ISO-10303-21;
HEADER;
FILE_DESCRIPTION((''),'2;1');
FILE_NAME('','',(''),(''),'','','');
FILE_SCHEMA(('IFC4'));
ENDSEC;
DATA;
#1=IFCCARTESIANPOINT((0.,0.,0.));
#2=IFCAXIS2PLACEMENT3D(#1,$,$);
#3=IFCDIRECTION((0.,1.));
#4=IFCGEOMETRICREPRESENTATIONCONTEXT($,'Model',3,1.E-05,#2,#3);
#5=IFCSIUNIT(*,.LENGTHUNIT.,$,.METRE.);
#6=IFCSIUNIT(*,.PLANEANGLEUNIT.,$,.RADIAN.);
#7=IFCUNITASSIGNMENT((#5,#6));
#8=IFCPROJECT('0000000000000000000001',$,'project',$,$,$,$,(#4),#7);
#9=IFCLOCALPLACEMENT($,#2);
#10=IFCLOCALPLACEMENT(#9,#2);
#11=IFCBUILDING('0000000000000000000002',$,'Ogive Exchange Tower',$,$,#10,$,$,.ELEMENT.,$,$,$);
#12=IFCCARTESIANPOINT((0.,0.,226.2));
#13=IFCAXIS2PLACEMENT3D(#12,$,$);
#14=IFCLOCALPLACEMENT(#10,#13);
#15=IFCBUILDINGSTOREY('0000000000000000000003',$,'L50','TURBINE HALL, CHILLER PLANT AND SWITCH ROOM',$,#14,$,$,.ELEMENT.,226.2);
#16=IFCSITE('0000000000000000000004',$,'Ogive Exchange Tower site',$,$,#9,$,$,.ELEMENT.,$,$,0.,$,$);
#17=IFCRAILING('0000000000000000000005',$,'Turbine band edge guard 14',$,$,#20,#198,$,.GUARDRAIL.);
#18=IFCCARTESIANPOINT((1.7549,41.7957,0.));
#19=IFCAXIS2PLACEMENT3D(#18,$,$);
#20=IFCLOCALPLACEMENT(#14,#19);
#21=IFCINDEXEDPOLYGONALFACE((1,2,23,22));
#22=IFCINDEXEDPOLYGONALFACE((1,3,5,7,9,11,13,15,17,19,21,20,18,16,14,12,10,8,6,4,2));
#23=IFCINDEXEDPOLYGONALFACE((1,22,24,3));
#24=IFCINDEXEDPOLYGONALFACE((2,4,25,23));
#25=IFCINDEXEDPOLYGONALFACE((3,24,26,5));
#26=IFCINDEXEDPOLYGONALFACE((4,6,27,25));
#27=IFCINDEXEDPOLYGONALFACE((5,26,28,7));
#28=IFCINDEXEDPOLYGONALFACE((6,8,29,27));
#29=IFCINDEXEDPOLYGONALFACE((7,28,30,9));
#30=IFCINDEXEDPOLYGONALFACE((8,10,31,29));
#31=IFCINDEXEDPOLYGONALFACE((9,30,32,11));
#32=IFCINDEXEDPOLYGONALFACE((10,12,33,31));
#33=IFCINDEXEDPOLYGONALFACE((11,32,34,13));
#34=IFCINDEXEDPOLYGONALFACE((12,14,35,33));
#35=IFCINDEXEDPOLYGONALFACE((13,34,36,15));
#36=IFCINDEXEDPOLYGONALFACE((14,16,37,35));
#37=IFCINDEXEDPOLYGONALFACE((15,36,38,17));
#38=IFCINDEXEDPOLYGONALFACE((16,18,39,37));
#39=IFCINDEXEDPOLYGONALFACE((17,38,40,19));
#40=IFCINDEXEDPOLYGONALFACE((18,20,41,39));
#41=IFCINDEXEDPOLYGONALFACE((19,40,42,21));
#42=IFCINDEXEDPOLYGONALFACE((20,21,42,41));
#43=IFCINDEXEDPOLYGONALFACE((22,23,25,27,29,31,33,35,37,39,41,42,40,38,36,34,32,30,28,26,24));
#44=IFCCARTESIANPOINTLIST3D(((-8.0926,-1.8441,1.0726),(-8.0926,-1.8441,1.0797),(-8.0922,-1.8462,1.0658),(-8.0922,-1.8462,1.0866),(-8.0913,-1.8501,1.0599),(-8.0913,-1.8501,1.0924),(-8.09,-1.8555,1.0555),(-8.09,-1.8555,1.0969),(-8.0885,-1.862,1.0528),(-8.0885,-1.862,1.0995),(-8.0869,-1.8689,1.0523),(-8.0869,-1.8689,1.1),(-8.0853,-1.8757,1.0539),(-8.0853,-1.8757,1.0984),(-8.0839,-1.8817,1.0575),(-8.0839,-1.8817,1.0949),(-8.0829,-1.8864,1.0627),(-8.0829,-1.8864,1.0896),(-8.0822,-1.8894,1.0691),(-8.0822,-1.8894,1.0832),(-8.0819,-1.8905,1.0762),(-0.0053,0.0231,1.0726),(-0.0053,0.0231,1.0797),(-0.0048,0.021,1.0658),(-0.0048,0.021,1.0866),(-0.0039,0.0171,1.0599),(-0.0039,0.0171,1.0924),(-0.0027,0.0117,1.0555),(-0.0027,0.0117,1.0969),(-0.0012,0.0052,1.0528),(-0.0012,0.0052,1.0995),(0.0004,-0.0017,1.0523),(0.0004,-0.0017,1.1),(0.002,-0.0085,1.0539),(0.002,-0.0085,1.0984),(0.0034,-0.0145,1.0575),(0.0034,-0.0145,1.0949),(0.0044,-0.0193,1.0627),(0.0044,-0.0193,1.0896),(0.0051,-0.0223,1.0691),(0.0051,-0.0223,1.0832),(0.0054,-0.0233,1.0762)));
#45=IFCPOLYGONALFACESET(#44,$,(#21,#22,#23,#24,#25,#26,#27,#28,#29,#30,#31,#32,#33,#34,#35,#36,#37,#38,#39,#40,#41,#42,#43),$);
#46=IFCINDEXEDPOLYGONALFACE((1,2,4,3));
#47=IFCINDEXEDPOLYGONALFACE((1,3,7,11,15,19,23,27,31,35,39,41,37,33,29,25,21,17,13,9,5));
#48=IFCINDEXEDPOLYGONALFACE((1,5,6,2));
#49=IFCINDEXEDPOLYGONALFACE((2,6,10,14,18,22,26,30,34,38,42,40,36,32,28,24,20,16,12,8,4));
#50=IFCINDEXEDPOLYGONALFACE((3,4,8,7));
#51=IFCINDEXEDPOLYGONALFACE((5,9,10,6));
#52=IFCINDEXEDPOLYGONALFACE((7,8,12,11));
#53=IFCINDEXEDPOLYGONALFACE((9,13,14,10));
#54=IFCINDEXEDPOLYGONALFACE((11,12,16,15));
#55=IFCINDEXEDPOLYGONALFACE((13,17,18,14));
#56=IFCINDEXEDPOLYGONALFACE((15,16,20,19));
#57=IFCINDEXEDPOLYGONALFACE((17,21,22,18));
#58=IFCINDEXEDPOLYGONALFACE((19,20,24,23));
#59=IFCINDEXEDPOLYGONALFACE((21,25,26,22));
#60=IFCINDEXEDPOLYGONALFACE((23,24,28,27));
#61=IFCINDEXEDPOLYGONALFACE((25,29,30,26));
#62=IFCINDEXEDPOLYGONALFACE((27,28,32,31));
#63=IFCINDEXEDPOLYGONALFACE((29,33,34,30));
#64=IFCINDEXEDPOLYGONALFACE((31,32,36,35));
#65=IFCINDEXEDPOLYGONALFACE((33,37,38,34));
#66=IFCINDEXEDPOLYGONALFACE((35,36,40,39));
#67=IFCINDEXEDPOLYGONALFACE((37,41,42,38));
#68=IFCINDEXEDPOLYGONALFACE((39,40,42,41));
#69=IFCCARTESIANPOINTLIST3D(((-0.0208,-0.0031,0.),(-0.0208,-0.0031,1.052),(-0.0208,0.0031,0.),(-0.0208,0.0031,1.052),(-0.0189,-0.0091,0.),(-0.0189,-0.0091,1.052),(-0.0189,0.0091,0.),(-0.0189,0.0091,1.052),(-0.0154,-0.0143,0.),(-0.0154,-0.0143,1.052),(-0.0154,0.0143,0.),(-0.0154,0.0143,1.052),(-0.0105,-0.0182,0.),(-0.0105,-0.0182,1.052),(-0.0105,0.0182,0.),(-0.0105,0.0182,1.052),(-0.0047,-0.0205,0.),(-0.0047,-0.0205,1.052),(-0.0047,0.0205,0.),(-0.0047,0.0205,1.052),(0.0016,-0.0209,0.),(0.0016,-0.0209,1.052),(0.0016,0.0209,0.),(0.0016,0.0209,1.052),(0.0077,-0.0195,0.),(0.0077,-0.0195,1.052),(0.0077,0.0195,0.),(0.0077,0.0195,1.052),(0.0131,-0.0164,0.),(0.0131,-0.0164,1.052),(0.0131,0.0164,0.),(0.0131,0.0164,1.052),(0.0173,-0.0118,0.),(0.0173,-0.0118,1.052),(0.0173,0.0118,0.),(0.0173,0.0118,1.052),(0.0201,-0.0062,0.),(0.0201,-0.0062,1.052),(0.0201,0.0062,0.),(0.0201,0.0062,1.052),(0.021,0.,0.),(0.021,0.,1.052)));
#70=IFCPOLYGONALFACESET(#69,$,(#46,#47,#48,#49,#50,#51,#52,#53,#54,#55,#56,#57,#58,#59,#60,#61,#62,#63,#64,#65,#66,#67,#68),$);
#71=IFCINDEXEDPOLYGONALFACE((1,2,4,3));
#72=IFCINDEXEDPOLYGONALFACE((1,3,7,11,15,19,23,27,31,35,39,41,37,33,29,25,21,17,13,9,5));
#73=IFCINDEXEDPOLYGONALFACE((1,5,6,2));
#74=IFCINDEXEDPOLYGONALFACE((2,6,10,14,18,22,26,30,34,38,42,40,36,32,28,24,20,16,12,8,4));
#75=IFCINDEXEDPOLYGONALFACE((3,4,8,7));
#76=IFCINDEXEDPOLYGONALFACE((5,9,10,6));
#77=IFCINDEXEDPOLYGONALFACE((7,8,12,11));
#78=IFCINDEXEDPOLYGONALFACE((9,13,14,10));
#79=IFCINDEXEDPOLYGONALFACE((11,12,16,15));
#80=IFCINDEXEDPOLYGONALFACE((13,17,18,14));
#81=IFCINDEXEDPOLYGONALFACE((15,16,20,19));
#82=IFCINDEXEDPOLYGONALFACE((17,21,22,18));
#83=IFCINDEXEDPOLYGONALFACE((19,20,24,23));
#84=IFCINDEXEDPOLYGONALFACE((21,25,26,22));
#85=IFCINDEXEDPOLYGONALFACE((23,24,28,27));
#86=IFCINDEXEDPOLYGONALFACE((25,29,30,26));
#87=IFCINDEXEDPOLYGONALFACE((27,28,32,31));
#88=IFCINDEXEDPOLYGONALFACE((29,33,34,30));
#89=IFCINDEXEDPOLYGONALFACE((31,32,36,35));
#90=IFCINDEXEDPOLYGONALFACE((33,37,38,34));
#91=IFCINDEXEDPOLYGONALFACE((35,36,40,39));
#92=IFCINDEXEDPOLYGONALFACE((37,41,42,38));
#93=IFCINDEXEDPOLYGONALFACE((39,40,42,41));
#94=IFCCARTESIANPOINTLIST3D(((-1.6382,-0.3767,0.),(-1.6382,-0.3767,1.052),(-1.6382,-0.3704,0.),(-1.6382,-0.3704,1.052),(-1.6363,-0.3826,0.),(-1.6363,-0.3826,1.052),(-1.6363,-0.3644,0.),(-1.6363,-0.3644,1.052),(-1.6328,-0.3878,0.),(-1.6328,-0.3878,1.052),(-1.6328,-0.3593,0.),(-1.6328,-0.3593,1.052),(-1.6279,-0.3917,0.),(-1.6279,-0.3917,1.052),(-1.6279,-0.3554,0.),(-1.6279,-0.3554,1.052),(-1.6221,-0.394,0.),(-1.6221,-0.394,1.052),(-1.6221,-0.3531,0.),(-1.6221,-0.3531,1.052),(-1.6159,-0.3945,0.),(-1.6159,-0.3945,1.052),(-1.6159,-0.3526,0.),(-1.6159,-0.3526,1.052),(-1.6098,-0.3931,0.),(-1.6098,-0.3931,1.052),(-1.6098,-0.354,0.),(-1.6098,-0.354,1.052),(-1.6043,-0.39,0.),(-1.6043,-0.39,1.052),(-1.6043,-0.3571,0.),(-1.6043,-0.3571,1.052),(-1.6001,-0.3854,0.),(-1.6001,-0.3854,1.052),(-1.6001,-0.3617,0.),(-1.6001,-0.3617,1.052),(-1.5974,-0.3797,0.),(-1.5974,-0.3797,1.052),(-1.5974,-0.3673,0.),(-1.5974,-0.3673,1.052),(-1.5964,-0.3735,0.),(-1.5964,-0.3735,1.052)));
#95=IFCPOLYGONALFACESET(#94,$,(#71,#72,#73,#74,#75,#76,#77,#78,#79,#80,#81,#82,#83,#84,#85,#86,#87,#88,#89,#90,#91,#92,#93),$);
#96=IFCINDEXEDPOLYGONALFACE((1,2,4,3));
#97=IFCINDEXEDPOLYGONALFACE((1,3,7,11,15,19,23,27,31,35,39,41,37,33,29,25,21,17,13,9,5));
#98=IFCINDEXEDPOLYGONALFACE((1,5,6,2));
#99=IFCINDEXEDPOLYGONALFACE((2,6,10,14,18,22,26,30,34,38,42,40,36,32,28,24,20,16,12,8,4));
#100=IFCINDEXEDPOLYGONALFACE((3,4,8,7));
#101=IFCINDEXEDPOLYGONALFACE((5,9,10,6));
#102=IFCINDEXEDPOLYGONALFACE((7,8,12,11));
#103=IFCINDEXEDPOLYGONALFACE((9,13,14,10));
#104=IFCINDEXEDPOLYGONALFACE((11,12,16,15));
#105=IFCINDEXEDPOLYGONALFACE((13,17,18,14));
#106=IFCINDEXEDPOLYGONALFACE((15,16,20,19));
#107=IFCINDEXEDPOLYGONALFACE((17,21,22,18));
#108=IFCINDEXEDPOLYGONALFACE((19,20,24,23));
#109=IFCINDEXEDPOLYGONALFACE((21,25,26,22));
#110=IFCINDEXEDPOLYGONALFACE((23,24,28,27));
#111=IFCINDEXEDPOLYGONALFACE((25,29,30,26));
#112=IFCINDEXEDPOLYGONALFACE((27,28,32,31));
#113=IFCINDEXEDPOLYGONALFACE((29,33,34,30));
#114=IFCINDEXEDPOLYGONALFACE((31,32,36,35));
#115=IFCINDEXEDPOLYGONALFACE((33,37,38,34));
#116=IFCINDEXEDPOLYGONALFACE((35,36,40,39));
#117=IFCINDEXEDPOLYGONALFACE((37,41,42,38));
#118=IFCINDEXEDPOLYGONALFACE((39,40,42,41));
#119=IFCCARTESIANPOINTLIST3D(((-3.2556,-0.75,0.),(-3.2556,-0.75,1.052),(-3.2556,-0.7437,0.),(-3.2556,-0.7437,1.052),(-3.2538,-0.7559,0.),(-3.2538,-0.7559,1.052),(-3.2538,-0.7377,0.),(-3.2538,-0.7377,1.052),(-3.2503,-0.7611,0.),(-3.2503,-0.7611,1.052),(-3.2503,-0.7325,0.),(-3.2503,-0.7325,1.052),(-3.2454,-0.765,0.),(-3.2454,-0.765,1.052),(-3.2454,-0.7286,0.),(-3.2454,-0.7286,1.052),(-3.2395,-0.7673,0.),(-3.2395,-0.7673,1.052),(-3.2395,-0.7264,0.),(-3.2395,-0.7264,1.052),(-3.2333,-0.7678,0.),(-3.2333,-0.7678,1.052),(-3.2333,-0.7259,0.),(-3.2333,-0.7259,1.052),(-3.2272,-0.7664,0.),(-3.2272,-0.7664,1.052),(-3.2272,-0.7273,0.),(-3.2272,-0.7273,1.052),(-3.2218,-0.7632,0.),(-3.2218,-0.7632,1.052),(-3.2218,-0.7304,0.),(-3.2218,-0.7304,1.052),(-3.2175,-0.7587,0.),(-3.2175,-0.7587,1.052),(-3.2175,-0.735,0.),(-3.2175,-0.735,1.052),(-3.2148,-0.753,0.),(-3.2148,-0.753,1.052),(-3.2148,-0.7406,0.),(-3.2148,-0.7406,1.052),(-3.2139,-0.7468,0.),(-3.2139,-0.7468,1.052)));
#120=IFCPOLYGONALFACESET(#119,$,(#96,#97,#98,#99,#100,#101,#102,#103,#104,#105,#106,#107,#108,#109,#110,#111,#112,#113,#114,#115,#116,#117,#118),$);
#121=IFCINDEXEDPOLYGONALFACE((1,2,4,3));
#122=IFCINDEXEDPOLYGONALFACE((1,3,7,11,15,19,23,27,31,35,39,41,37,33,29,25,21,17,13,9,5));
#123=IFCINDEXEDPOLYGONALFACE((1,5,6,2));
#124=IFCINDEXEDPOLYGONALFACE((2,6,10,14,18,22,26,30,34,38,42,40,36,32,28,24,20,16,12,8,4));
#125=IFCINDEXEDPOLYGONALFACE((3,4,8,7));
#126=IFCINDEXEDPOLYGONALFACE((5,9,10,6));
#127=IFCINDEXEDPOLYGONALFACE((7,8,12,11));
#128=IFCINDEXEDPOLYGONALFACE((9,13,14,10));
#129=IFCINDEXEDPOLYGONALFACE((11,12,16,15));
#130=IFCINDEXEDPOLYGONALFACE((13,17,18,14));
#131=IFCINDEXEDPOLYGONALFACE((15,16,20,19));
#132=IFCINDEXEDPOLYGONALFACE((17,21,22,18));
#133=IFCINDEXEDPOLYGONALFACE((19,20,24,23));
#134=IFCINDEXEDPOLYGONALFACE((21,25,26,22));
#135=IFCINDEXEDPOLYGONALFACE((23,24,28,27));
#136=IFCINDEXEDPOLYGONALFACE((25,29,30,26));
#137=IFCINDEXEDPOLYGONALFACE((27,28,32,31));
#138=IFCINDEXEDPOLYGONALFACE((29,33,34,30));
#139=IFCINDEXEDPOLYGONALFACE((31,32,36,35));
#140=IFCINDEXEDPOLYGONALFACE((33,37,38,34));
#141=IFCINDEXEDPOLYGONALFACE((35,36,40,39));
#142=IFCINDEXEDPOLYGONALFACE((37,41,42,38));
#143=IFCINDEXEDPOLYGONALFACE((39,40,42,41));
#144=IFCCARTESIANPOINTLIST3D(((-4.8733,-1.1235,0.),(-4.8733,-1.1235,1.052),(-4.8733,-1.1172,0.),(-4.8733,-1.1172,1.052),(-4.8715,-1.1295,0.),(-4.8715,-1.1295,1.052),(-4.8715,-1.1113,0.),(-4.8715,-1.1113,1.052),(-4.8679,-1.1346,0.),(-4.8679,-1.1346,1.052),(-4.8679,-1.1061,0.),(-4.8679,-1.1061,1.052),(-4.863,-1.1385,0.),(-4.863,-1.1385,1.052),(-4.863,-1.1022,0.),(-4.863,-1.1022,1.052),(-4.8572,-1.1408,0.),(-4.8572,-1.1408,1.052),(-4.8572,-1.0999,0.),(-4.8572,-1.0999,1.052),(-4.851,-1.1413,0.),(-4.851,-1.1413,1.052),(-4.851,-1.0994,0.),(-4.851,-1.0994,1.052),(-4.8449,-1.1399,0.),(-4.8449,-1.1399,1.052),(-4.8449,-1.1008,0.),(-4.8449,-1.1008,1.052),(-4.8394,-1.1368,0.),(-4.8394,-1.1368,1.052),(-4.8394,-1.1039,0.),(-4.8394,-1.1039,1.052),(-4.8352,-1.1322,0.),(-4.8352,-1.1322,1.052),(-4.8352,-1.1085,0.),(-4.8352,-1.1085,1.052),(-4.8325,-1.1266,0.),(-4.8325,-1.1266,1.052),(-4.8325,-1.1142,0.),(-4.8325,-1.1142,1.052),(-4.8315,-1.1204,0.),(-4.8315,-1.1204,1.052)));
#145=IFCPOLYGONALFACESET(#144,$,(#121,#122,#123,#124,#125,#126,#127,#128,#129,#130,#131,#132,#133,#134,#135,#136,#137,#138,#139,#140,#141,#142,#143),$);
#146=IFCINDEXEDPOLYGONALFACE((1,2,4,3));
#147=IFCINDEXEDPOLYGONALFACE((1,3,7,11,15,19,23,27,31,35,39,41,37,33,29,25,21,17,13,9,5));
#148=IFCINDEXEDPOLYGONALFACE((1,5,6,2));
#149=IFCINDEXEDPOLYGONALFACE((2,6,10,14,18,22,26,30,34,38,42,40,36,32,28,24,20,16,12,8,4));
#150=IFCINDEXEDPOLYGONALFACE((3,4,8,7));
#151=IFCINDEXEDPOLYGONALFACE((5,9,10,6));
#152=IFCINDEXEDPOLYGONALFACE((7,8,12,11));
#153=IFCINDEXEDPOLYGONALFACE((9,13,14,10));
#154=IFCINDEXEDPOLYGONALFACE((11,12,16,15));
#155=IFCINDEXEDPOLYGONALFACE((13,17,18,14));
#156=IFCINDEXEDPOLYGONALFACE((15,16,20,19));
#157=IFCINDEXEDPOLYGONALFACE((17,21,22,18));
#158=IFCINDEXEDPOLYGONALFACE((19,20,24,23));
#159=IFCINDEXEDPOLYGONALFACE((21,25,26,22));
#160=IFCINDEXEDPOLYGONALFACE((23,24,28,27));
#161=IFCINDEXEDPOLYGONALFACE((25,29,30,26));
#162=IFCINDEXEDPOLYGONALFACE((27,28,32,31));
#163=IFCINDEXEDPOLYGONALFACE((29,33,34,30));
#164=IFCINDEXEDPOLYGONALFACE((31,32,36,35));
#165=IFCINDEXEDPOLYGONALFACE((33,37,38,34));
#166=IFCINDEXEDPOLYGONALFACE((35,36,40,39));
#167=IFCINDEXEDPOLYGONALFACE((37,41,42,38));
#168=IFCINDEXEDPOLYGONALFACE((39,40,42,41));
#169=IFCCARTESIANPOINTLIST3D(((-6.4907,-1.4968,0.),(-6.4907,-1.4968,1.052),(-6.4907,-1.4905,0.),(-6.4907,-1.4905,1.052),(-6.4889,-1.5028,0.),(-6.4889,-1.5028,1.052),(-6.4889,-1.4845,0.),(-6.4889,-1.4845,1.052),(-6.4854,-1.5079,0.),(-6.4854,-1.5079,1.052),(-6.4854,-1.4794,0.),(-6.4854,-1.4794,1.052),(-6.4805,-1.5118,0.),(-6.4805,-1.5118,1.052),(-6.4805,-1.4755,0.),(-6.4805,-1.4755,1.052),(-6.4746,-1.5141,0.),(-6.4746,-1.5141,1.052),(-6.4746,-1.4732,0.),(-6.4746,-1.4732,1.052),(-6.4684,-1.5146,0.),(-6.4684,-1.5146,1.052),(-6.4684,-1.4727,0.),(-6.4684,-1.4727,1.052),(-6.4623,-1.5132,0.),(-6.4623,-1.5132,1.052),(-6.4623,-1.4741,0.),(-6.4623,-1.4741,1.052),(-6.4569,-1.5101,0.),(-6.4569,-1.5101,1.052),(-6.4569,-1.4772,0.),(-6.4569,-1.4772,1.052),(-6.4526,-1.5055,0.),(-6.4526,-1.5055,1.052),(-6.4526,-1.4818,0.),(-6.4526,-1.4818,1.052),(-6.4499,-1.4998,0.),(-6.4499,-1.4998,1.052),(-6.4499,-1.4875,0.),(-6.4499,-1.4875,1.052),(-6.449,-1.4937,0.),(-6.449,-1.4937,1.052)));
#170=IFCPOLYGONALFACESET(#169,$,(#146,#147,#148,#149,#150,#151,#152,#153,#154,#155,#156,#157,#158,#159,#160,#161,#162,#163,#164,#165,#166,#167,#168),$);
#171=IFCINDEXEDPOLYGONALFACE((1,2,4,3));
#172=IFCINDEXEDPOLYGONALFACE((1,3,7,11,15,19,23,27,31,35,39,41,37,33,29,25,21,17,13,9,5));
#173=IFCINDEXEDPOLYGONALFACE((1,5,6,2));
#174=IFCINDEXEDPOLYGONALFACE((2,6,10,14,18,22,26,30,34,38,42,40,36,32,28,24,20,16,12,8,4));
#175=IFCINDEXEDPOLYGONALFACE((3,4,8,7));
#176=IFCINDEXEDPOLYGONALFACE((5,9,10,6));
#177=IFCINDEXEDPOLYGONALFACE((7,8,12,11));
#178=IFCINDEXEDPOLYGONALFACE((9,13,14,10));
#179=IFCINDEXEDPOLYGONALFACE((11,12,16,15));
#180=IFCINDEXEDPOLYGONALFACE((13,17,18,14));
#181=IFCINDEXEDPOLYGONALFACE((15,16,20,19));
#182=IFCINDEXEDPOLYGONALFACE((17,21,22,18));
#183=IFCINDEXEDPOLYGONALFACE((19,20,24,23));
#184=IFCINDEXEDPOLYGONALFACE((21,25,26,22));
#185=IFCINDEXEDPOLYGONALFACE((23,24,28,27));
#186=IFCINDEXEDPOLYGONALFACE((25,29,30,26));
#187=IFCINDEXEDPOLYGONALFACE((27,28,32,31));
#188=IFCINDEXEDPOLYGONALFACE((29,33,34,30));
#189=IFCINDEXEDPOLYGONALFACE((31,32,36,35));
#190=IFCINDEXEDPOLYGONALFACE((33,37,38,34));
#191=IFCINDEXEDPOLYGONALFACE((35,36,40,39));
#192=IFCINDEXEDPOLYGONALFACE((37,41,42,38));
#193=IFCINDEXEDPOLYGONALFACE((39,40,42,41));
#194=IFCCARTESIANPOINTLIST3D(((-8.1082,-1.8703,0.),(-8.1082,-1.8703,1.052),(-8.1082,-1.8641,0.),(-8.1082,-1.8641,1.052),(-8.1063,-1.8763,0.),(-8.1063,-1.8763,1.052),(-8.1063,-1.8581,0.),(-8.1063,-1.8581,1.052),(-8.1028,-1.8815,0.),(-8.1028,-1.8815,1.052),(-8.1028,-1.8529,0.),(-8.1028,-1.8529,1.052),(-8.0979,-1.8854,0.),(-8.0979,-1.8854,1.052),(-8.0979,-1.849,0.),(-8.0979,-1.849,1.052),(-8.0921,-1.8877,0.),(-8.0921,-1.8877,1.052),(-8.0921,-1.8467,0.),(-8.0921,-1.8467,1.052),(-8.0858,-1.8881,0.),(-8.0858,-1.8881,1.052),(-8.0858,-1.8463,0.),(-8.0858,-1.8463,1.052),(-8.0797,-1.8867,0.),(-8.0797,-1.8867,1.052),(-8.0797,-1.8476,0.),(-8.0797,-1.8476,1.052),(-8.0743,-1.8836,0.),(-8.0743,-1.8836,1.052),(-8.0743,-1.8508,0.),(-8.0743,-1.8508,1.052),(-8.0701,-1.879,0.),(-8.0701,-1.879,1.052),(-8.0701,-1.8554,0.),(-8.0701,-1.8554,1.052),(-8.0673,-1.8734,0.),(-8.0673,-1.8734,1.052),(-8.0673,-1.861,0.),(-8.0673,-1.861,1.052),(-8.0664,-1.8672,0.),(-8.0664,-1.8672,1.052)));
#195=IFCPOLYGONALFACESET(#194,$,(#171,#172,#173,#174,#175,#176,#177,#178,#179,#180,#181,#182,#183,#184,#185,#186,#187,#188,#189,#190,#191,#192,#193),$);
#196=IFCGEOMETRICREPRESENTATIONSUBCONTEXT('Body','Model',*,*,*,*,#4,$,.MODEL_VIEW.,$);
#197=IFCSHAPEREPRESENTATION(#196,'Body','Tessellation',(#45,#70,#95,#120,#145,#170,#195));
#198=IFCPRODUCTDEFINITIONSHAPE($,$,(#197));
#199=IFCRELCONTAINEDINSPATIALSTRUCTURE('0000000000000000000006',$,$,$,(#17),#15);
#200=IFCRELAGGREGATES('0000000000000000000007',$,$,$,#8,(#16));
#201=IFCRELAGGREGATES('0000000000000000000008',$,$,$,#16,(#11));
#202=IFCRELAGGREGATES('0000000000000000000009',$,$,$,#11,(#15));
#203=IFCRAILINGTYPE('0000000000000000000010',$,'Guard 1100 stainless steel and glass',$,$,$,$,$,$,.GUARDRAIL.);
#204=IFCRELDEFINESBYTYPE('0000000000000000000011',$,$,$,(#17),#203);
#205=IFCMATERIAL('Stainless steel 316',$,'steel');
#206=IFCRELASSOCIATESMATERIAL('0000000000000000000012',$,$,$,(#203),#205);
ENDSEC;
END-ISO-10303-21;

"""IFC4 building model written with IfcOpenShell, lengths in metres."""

from ifc_helpers import new_model, si_unit, direction, frame, origin, origin_2d, place, context, subcontext, project, spatial, circle, extrude, material, type_object, element, save


model = new_model("IFC4")

# Units and contexts
model_context = context("Model", 3, precision=1e-05, world=origin(), true_north=direction((0.0, 1.0)))
body_context = subcontext(model_context, "Body", "Model", "MODEL_VIEW")
ifc_project = project(units=[si_unit("LENGTHUNIT", "METRE"), si_unit("PLANEANGLEUNIT", "RADIAN")], contexts=[model_context])

# Site, building, storey
site_placement = place(None, origin())
site = spatial("IfcSite", under=ifc_project, at=site_placement, Name="Ogive Exchange Tower site", CompositionType="ELEMENT", RefElevation=0.0)
building_placement = place(site_placement, origin())
building = spatial("IfcBuilding", under=site, at=building_placement, Name="Ogive Exchange Tower", CompositionType="ELEMENT")
storey_placement = place(building_placement, frame((0.0, 0.0, 226.2)))
storey = spatial("IfcBuildingStorey", under=building, at=storey_placement, Name="L50", Description="TURBINE HALL, CHILLER PLANT AND SWITCH ROOM", CompositionType="ELEMENT", Elevation=226.2)

# Railing
ifc_material_1 = material(Name="Stainless steel 316", Category="steel")
railing_type = type_object("IfcRailingType", Name="Guard 1100 stainless steel and glass", PredefinedType="GUARDRAIL", material=ifc_material_1)
railing_1_placement = place(storey_placement, frame((1.7549, 41.7957, 0.0)))
element("IfcRailing", 1, at=railing_1_placement, inside=storey, type_object=railing_type, Name="Turbine band edge guard 14", PredefinedType="GUARDRAIL", context=body_context, shape_type="SweptSolid", body=[
    extrude(circle(Radius=0.0239, at=origin_2d()), frame((0.0, 0.0, 1.0762), z_axis=(-0.974368, -0.224958, 0.0), x_axis=(0.224958, -0.974368, 0.0)), (0.0, 0.0, 1.0), 8.3),
    extrude(circle(Radius=0.021, at=origin_2d()), origin(), (0.0, 0.0, 1.0), 1.052),
    extrude(circle(Radius=0.021, at=origin_2d()), frame((-1.6174, -0.3735, 0.0)), (0.0, 0.0, 1.0), 1.052),
    extrude(circle(Radius=0.021, at=origin_2d()), frame((-3.2349, -0.7468, 0.0)), (0.0, 0.0, 1.0), 1.052),
    extrude(circle(Radius=0.021, at=origin_2d()), frame((-4.8525, -1.1204, 0.0)), (0.0, 0.0, 1.0), 1.052),
    extrude(circle(Radius=0.021, at=origin_2d()), frame((-6.47, -1.4937, 0.0)), (0.0, 0.0, 1.0), 1.052),
    extrude(circle(Radius=0.021, at=origin_2d()), frame((-8.0874, -1.8672, 0.0)), (0.0, 0.0, 1.0), 1.052),
])

save(model, "model.ifc")
